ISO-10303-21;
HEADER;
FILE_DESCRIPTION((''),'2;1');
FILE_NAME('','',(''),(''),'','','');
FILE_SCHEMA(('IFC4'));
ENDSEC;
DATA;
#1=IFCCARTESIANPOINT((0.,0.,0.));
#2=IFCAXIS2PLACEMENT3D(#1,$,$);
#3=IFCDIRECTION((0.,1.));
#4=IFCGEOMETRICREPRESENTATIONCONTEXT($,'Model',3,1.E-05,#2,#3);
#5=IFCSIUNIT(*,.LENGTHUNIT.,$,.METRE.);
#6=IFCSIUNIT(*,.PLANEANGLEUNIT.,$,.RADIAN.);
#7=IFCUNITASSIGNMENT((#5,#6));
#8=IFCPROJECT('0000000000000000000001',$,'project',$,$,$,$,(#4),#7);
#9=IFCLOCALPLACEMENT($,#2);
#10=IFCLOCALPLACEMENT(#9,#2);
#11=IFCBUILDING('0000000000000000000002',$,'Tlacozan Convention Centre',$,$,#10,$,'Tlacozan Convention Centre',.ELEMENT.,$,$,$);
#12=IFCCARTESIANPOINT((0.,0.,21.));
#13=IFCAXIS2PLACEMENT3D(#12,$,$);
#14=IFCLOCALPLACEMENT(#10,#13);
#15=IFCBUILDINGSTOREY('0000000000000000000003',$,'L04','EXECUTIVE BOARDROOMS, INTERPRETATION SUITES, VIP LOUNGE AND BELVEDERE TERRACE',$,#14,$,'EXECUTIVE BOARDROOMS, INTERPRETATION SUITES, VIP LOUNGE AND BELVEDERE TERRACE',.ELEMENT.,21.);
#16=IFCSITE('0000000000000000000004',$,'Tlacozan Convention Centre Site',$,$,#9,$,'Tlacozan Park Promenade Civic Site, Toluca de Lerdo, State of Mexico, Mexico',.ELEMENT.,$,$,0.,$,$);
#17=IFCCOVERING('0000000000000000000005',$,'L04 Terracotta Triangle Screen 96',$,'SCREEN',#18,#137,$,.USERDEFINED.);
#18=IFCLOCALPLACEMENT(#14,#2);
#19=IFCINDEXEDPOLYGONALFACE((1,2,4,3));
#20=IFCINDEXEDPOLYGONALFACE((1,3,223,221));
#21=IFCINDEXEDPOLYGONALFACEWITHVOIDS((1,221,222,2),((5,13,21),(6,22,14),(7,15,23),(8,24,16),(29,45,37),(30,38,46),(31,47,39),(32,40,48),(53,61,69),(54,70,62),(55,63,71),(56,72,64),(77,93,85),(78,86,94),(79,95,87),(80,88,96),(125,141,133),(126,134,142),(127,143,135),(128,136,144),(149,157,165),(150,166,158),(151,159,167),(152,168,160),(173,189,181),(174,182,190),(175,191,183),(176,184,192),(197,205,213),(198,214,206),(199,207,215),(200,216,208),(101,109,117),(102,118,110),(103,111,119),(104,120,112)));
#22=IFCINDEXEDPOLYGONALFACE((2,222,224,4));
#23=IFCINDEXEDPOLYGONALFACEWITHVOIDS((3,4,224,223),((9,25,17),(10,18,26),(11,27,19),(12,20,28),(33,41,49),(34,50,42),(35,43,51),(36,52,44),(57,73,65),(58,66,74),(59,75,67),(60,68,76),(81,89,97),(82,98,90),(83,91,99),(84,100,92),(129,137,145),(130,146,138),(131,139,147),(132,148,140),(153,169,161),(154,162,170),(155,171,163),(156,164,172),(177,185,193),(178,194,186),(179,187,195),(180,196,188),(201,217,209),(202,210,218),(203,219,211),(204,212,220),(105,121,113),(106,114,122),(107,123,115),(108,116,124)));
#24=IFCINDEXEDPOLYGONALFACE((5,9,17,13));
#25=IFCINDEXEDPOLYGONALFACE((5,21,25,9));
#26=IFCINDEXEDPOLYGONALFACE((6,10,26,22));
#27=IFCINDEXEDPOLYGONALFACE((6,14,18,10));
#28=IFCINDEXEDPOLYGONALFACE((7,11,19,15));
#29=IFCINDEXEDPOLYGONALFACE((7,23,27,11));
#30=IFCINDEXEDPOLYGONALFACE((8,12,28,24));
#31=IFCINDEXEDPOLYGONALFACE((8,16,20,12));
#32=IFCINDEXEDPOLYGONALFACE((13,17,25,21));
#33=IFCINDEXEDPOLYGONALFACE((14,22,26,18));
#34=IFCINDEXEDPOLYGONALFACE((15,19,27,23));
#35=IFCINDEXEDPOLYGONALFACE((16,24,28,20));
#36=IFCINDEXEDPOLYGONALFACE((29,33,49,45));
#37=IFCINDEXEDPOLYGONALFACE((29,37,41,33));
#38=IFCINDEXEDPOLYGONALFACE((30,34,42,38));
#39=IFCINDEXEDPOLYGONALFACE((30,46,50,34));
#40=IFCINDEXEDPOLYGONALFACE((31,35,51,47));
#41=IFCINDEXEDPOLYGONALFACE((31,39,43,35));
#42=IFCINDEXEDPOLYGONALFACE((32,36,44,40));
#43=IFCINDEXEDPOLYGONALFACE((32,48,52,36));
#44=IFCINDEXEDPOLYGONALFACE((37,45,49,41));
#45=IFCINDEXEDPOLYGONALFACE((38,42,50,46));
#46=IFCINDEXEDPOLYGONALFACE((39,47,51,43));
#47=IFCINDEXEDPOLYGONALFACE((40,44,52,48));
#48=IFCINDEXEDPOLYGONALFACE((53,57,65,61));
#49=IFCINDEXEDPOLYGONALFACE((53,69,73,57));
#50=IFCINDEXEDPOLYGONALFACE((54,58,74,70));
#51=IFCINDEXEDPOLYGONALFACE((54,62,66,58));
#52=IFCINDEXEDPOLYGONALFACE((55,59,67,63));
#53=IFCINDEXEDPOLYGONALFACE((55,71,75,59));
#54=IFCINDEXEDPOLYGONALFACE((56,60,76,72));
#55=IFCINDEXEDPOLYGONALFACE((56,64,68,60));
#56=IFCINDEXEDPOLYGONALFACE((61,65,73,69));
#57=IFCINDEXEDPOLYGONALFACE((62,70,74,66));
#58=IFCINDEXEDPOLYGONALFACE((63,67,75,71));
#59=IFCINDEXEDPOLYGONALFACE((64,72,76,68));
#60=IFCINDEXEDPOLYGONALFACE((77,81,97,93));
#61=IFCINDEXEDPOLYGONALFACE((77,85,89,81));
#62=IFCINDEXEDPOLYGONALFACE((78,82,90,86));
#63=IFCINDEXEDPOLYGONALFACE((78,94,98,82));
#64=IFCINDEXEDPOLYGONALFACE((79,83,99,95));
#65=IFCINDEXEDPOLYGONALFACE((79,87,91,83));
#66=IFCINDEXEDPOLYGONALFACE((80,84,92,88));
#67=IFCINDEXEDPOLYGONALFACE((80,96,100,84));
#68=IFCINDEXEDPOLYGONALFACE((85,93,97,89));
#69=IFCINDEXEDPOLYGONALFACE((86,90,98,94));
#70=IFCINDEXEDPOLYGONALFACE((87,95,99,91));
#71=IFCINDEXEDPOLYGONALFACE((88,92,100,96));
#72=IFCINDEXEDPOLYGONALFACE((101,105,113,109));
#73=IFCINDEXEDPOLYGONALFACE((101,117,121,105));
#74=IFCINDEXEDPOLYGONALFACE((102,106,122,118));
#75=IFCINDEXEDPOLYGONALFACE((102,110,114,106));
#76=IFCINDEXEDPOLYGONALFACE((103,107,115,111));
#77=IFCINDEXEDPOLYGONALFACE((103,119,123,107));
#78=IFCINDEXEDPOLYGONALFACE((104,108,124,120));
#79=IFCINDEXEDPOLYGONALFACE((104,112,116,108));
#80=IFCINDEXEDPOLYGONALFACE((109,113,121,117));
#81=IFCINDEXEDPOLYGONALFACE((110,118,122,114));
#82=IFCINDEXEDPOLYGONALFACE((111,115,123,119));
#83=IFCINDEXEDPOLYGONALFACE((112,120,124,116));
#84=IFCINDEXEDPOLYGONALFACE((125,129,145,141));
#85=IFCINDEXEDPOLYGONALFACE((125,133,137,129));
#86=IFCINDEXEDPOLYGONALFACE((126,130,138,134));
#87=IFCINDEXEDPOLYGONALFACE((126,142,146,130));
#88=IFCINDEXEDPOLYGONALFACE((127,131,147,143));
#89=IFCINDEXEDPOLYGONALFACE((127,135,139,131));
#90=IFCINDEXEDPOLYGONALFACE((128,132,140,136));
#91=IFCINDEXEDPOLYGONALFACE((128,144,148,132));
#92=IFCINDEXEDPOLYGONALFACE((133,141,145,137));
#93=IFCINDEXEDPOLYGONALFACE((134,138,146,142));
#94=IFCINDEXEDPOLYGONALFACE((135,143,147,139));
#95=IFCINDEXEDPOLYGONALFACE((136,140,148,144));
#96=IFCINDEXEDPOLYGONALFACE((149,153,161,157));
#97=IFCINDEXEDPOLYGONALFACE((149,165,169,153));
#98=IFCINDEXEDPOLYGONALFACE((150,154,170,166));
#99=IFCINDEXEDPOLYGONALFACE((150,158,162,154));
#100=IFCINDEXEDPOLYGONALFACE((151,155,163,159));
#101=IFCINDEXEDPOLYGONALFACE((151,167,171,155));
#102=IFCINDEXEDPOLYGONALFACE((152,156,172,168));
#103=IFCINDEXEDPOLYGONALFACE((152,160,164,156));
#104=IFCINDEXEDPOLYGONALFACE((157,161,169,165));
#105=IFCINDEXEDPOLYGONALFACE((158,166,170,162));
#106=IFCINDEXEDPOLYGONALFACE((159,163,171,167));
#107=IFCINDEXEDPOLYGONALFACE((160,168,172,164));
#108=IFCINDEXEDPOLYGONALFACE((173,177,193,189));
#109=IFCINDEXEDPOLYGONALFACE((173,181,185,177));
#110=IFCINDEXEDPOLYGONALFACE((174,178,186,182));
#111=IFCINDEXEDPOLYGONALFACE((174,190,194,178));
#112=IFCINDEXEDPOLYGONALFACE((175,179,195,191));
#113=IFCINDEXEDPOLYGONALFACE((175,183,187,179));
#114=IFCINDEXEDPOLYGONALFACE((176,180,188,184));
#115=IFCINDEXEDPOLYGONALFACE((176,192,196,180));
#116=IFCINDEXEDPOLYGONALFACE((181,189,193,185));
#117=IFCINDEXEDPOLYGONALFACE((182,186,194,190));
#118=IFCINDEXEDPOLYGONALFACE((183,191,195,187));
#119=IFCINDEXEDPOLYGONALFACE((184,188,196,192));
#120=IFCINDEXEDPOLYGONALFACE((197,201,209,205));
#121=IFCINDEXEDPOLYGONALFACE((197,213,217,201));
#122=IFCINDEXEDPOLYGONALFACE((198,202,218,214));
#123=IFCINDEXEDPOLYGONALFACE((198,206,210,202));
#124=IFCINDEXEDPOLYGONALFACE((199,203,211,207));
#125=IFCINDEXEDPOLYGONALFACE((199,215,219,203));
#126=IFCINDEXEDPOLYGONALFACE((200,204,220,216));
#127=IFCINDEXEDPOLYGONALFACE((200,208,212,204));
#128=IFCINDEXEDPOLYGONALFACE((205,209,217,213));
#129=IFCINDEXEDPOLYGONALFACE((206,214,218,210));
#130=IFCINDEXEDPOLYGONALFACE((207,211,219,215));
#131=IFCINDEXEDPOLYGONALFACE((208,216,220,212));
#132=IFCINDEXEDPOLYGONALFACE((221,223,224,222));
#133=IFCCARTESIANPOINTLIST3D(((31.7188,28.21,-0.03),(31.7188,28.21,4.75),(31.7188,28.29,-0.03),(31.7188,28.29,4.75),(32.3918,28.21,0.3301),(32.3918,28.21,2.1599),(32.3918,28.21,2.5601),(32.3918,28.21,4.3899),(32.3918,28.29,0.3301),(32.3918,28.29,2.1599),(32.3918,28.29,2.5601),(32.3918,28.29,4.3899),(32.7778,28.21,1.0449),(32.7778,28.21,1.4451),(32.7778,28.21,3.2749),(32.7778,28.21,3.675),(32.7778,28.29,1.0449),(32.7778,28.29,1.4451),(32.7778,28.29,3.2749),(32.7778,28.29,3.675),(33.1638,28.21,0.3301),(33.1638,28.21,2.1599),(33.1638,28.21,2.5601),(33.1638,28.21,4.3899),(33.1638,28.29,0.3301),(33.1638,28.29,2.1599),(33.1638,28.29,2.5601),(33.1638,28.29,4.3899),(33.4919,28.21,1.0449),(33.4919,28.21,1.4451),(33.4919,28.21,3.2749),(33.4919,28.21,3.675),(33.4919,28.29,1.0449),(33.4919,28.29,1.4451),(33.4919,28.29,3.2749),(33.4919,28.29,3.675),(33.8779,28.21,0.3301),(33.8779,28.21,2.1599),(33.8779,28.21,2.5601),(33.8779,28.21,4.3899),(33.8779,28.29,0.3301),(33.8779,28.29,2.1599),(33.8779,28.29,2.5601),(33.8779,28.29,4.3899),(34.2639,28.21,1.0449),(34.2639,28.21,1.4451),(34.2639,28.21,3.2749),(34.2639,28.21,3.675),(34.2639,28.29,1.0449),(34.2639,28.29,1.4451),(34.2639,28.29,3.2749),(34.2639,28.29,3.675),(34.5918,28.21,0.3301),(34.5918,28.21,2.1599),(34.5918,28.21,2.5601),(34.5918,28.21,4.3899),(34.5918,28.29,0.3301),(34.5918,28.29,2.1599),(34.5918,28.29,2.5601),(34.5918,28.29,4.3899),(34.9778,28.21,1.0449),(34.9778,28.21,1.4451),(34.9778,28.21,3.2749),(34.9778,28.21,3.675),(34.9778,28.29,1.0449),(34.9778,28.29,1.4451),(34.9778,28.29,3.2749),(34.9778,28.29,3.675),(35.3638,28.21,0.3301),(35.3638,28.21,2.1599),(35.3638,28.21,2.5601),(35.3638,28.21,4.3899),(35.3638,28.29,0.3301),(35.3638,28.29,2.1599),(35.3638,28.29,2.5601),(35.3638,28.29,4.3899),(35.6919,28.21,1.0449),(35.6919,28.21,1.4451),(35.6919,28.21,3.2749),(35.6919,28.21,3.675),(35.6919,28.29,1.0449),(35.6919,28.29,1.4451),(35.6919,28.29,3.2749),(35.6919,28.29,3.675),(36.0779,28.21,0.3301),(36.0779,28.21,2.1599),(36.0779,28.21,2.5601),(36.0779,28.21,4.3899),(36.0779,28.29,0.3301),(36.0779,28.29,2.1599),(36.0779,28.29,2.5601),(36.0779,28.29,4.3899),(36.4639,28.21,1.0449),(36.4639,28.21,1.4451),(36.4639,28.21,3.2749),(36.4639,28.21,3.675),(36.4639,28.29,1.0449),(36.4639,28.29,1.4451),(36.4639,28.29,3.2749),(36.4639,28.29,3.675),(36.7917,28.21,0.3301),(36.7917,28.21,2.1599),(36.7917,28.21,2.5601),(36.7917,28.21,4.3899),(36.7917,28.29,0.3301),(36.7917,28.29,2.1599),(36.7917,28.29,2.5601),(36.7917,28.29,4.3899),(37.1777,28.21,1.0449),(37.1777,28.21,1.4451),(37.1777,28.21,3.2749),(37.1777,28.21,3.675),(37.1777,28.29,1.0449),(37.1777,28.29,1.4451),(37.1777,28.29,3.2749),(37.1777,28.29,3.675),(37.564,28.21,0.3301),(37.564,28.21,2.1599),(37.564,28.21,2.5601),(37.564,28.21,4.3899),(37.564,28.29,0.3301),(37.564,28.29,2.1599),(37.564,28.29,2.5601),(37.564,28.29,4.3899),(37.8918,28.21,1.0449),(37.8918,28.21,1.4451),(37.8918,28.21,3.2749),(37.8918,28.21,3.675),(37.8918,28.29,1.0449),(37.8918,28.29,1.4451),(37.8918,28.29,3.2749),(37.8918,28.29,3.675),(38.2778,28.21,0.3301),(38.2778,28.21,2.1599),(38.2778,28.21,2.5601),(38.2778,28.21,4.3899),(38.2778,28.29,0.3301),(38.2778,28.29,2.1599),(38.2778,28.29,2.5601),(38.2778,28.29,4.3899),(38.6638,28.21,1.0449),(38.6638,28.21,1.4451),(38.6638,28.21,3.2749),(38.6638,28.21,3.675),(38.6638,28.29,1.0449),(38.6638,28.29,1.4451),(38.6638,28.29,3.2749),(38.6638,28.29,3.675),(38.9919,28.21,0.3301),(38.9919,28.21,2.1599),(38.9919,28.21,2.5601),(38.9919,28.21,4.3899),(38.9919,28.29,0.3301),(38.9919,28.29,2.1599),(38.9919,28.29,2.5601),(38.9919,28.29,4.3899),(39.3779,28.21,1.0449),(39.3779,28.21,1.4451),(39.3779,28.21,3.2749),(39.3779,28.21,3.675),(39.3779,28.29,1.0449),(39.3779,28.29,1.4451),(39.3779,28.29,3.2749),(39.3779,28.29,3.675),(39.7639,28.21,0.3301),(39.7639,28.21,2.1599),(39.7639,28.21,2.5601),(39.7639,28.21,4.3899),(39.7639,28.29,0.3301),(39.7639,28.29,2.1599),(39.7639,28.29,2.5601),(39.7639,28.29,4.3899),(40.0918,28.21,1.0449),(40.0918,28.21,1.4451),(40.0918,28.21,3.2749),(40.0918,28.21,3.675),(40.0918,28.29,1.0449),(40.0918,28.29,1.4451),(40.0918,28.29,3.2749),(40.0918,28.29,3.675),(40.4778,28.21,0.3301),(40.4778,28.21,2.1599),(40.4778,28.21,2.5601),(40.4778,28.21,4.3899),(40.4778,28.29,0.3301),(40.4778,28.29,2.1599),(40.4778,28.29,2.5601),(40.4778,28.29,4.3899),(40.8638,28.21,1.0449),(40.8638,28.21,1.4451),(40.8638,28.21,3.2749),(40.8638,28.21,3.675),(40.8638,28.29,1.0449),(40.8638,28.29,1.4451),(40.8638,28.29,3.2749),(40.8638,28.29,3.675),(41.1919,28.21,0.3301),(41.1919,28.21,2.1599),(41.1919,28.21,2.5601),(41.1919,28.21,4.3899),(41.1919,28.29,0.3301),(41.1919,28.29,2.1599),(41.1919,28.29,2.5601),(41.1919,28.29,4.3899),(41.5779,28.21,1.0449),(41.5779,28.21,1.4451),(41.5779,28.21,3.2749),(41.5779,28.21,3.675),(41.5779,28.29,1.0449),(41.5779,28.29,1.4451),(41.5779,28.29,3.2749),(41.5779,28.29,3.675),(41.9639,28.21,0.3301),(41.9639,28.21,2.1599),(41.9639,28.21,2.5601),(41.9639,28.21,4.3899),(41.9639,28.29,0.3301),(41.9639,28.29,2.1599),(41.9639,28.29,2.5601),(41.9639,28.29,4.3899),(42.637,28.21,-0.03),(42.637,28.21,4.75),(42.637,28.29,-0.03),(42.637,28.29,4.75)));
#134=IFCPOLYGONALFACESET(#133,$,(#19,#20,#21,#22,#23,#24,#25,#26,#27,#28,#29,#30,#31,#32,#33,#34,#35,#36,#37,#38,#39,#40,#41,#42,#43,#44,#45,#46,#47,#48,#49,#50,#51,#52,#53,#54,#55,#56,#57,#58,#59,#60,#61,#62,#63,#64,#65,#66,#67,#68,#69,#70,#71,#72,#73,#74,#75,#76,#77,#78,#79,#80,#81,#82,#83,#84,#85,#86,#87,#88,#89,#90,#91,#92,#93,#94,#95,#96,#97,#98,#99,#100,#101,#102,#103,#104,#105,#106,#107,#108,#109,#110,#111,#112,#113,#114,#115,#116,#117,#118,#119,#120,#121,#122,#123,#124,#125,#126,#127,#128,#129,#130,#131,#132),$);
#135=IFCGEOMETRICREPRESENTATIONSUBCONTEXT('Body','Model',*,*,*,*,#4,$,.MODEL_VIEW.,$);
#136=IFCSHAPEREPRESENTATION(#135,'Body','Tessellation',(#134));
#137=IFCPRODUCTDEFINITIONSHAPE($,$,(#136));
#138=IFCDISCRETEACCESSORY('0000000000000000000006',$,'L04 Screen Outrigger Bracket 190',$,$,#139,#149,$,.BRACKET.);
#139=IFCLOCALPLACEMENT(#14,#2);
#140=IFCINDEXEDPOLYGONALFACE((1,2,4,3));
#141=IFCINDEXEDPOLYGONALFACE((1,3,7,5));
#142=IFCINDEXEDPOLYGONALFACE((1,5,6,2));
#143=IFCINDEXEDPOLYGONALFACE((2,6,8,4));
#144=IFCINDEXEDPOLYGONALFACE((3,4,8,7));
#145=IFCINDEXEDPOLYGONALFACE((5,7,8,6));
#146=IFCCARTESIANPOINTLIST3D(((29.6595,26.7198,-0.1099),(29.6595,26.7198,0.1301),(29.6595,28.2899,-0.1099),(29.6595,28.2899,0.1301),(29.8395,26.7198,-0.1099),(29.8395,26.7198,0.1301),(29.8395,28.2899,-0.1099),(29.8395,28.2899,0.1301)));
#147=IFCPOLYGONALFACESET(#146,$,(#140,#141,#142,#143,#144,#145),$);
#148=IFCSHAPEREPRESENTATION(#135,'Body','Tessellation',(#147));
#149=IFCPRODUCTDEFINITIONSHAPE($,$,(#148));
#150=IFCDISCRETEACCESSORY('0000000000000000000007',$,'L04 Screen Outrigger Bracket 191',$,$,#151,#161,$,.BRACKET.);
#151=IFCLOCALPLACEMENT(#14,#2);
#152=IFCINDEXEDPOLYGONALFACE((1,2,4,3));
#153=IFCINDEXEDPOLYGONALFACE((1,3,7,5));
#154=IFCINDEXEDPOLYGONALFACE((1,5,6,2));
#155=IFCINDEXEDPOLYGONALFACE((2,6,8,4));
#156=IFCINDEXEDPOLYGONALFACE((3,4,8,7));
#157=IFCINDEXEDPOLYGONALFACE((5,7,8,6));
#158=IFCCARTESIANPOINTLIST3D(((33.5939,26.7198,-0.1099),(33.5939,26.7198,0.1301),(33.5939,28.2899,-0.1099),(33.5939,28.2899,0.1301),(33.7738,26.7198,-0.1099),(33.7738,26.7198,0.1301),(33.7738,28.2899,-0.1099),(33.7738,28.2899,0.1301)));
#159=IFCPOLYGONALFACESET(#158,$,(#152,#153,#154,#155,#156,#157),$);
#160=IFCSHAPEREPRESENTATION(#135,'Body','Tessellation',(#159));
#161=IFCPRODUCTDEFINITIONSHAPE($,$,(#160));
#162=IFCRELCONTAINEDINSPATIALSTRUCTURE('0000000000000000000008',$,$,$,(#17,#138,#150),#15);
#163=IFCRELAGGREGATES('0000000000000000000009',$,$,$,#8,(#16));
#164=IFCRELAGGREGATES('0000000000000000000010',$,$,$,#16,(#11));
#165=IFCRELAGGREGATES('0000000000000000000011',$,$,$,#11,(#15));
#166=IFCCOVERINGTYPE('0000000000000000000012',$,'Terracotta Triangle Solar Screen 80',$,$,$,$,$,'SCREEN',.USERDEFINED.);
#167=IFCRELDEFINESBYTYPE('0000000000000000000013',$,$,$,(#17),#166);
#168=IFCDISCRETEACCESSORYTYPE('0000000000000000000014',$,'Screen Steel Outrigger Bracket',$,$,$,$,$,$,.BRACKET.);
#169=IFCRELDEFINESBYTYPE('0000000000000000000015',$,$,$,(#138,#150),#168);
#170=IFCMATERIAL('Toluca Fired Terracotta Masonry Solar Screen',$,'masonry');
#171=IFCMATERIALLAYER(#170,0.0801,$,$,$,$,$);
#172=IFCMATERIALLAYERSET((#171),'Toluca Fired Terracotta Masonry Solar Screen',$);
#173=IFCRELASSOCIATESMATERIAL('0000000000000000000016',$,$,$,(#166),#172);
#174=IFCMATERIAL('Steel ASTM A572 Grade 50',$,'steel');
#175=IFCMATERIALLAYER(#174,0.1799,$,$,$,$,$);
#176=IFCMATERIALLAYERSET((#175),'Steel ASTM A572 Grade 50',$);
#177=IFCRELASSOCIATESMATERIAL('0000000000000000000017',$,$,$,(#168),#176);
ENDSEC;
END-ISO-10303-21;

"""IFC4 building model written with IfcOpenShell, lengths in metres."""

from ifc_helpers import new_model, si_unit, direction, frame, origin, origin_2d, place, context, subcontext, project, spatial, polyline, rectangle, outline, extrude, material, layer, layer_set, type_object, element, save


model = new_model("IFC4")

# Units and contexts
model_context = context("Model", 3, precision=1e-05, world=origin(), true_north=direction((0.0, 1.0)))
body_context = subcontext(model_context, "Body", "Model", "MODEL_VIEW")
ifc_project = project(units=[si_unit("LENGTHUNIT", "METRE"), si_unit("PLANEANGLEUNIT", "RADIAN")], contexts=[model_context])

# Site, building, storey
site_placement = place(None, origin())
site = spatial("IfcSite", under=ifc_project, at=site_placement, Name="Tlacozan Convention Centre Site", LongName="Tlacozan Park Promenade Civic Site, Toluca de Lerdo, State of Mexico, Mexico", CompositionType="ELEMENT", RefElevation=0.0)
building_placement = place(site_placement, origin())
building = spatial("IfcBuilding", under=site, at=building_placement, Name="Tlacozan Convention Centre", LongName="Tlacozan Convention Centre", CompositionType="ELEMENT")
storey_placement = place(building_placement, frame((0.0, 0.0, 21.0)))
storey = spatial("IfcBuildingStorey", under=building, at=storey_placement, Name="L04", Description="EXECUTIVE BOARDROOMS, INTERPRETATION SUITES, VIP LOUNGE AND BELVEDERE TERRACE", LongName="EXECUTIVE BOARDROOMS, INTERPRETATION SUITES, VIP LOUNGE AND BELVEDERE TERRACE", CompositionType="ELEMENT", Elevation=21.0)

# Covering
ifc_material_1 = material(Name="Toluca Fired Terracotta Masonry Solar Screen", Category="masonry")
ifc_layer_1 = layer(ifc_material_1, 0.0801)
ifc_layer_set_1 = layer_set([ifc_layer_1], Name="Toluca Fired Terracotta Masonry Solar Screen")
covering_type = type_object("IfcCoveringType", Name="Terracotta Triangle Solar Screen 80", ElementType="SCREEN", PredefinedType="USERDEFINED", material=ifc_layer_set_1)
covering_placement = place(storey_placement, frame((31.7188, 28.25, -0.03), z_axis=(0.0, 0.0, 1.0), x_axis=(1.0, 0.0, 0.0)))
element("IfcCovering", 1, at=covering_placement, inside=storey, type_object=covering_type, Name="L04 Terracotta Triangle Screen 96", ObjectType="SCREEN", PredefinedType="USERDEFINED", context=body_context, shape_type="SweptSolid", body=[
    extrude(outline(polyline([(0.0, 0.0), (10.9182, 0.0), (10.9182, 4.78), (0.0, 4.78), (0.0, 0.0)]), holes=[polyline([(0.6731, 0.3601), (1.4451, 0.3601), (1.0591, 1.075), (0.6731, 0.3601)]), polyline([(1.7732, 1.075), (2.5452, 1.075), (2.1592, 0.3601), (1.7732, 1.075)]), polyline([(2.873, 0.3601), (3.645, 0.3601), (3.259, 1.075), (2.873, 0.3601)]), polyline([(3.9731, 1.075), (4.7451, 1.075), (4.3591, 0.3601), (3.9731, 1.075)]), polyline([(5.073, 0.3601), (5.8452, 0.3601), (5.459, 1.075), (5.073, 0.3601)]), polyline([(6.1731, 1.075), (6.9451, 1.075), (6.5591, 0.3601), (6.1731, 1.075)]), polyline([(7.2732, 0.3601), (8.0452, 0.3601), (7.6592, 1.075), (7.2732, 0.3601)]), polyline([(8.373, 1.075), (9.145, 1.075), (8.759, 0.3601), (8.373, 1.075)]), polyline([(9.4731, 0.3601), (10.2451, 0.3601), (9.8591, 1.075), (9.4731, 0.3601)]), polyline([(0.6731, 2.1899), (1.4451, 2.1899), (1.0591, 1.4751), (0.6731, 2.1899)]), polyline([(1.7732, 1.4751), (2.5452, 1.4751), (2.1592, 2.1899), (1.7732, 1.4751)]), polyline([(2.873, 2.1899), (3.645, 2.1899), (3.259, 1.4751), (2.873, 2.1899)]), polyline([(3.9731, 1.4751), (4.7451, 1.4751), (4.3591, 2.1899), (3.9731, 1.4751)]), polyline([(5.073, 2.1899), (5.8452, 2.1899), (5.459, 1.4751), (5.073, 2.1899)]), polyline([(6.1731, 1.4751), (6.9451, 1.4751), (6.5591, 2.1899), (6.1731, 1.4751)]), polyline([(7.2732, 2.1899), (8.0452, 2.1899), (7.6592, 1.4751), (7.2732, 2.1899)]), polyline([(8.373, 1.4751), (9.145, 1.4751), (8.759, 2.1899), (8.373, 1.4751)]), polyline([(9.4731, 2.1899), (10.2451, 2.1899), (9.8591, 1.4751), (9.4731, 2.1899)]), polyline([(0.6731, 2.5901), (1.4451, 2.5901), (1.0591, 3.3049), (0.6731, 2.5901)]), polyline([(1.7732, 3.3049), (2.5452, 3.3049), (2.1592, 2.5901), (1.7732, 3.3049)]), polyline([(2.873, 2.5901), (3.645, 2.5901), (3.259, 3.3049), (2.873, 2.5901)]), polyline([(3.9731, 3.3049), (4.7451, 3.3049), (4.3591, 2.5901), (3.9731, 3.3049)]), polyline([(5.073, 2.5901), (5.8452, 2.5901), (5.459, 3.3049), (5.073, 2.5901)]), polyline([(6.1731, 3.3049), (6.9451, 3.3049), (6.5591, 2.5901), (6.1731, 3.3049)]), polyline([(7.2732, 2.5901), (8.0452, 2.5901), (7.6592, 3.3049), (7.2732, 2.5901)]), polyline([(8.373, 3.3049), (9.145, 3.3049), (8.759, 2.5901), (8.373, 3.3049)]), polyline([(9.4731, 2.5901), (10.2451, 2.5901), (9.8591, 3.3049), (9.4731, 2.5901)]), polyline([(0.6731, 4.4199), (1.4451, 4.4199), (1.0591, 3.7051), (0.6731, 4.4199)]), polyline([(1.7732, 3.7051), (2.5452, 3.7051), (2.1592, 4.4199), (1.7732, 3.7051)]), polyline([(2.873, 4.4199), (3.645, 4.4199), (3.259, 3.7051), (2.873, 4.4199)]), polyline([(3.9731, 3.7051), (4.7451, 3.7051), (4.3591, 4.4199), (3.9731, 3.7051)]), polyline([(5.073, 4.4199), (5.8452, 4.4199), (5.459, 3.7051), (5.073, 4.4199)]), polyline([(6.1731, 3.7051), (6.9451, 3.7051), (6.5591, 4.4199), (6.1731, 3.7051)]), polyline([(7.2732, 4.4199), (8.0452, 4.4199), (7.6592, 3.7051), (7.2732, 4.4199)]), polyline([(8.373, 3.7051), (9.145, 3.7051), (8.759, 4.4199), (8.373, 3.7051)]), polyline([(9.4731, 4.4199), (10.2451, 4.4199), (9.8591, 3.7051), (9.4731, 4.4199)])]), frame((0.0, 0.04, 0.0), z_axis=(0.0, -1.0, 0.0), x_axis=(1.0, 0.0, 0.0)), (0.0, 0.0, 1.0), 0.0801),
])

# Discrete accessories
ifc_material_2 = material(Name="Steel ASTM A572 Grade 50", Category="steel")
ifc_layer_2 = layer(ifc_material_2, 0.1799)
ifc_layer_set_2 = layer_set([ifc_layer_2], Name="Steel ASTM A572 Grade 50")
discrete_accessory_type = type_object("IfcDiscreteAccessoryType", Name="Screen Steel Outrigger Bracket", PredefinedType="BRACKET", material=ifc_layer_set_2)
for number, where, z_axis, x_axis, name in (
    (2, (29.7495, 27.5049, -0.1099), (0.0, 0.0, 1.0), (0.0, -1.0, 0.0), "L04 Screen Outrigger Bracket 190"),
    (3, (33.6838, 27.5049, -0.1099), (0.0, 0.0, 1.0), (0.0, -1.0, 0.0), "L04 Screen Outrigger Bracket 191"),
):
    element("IfcDiscreteAccessory", number, at=place(storey_placement, frame(where, z_axis=z_axis, x_axis=x_axis)), inside=storey, type_object=discrete_accessory_type, Name=name, PredefinedType="BRACKET", context=body_context, shape_type="SweptSolid", body=[
        extrude(rectangle(XDim=1.5701, YDim=0.1799, at=origin_2d()), origin(), (0.0, 0.0, 1.0), 0.24),
    ])

save(model, "model.ifc")
